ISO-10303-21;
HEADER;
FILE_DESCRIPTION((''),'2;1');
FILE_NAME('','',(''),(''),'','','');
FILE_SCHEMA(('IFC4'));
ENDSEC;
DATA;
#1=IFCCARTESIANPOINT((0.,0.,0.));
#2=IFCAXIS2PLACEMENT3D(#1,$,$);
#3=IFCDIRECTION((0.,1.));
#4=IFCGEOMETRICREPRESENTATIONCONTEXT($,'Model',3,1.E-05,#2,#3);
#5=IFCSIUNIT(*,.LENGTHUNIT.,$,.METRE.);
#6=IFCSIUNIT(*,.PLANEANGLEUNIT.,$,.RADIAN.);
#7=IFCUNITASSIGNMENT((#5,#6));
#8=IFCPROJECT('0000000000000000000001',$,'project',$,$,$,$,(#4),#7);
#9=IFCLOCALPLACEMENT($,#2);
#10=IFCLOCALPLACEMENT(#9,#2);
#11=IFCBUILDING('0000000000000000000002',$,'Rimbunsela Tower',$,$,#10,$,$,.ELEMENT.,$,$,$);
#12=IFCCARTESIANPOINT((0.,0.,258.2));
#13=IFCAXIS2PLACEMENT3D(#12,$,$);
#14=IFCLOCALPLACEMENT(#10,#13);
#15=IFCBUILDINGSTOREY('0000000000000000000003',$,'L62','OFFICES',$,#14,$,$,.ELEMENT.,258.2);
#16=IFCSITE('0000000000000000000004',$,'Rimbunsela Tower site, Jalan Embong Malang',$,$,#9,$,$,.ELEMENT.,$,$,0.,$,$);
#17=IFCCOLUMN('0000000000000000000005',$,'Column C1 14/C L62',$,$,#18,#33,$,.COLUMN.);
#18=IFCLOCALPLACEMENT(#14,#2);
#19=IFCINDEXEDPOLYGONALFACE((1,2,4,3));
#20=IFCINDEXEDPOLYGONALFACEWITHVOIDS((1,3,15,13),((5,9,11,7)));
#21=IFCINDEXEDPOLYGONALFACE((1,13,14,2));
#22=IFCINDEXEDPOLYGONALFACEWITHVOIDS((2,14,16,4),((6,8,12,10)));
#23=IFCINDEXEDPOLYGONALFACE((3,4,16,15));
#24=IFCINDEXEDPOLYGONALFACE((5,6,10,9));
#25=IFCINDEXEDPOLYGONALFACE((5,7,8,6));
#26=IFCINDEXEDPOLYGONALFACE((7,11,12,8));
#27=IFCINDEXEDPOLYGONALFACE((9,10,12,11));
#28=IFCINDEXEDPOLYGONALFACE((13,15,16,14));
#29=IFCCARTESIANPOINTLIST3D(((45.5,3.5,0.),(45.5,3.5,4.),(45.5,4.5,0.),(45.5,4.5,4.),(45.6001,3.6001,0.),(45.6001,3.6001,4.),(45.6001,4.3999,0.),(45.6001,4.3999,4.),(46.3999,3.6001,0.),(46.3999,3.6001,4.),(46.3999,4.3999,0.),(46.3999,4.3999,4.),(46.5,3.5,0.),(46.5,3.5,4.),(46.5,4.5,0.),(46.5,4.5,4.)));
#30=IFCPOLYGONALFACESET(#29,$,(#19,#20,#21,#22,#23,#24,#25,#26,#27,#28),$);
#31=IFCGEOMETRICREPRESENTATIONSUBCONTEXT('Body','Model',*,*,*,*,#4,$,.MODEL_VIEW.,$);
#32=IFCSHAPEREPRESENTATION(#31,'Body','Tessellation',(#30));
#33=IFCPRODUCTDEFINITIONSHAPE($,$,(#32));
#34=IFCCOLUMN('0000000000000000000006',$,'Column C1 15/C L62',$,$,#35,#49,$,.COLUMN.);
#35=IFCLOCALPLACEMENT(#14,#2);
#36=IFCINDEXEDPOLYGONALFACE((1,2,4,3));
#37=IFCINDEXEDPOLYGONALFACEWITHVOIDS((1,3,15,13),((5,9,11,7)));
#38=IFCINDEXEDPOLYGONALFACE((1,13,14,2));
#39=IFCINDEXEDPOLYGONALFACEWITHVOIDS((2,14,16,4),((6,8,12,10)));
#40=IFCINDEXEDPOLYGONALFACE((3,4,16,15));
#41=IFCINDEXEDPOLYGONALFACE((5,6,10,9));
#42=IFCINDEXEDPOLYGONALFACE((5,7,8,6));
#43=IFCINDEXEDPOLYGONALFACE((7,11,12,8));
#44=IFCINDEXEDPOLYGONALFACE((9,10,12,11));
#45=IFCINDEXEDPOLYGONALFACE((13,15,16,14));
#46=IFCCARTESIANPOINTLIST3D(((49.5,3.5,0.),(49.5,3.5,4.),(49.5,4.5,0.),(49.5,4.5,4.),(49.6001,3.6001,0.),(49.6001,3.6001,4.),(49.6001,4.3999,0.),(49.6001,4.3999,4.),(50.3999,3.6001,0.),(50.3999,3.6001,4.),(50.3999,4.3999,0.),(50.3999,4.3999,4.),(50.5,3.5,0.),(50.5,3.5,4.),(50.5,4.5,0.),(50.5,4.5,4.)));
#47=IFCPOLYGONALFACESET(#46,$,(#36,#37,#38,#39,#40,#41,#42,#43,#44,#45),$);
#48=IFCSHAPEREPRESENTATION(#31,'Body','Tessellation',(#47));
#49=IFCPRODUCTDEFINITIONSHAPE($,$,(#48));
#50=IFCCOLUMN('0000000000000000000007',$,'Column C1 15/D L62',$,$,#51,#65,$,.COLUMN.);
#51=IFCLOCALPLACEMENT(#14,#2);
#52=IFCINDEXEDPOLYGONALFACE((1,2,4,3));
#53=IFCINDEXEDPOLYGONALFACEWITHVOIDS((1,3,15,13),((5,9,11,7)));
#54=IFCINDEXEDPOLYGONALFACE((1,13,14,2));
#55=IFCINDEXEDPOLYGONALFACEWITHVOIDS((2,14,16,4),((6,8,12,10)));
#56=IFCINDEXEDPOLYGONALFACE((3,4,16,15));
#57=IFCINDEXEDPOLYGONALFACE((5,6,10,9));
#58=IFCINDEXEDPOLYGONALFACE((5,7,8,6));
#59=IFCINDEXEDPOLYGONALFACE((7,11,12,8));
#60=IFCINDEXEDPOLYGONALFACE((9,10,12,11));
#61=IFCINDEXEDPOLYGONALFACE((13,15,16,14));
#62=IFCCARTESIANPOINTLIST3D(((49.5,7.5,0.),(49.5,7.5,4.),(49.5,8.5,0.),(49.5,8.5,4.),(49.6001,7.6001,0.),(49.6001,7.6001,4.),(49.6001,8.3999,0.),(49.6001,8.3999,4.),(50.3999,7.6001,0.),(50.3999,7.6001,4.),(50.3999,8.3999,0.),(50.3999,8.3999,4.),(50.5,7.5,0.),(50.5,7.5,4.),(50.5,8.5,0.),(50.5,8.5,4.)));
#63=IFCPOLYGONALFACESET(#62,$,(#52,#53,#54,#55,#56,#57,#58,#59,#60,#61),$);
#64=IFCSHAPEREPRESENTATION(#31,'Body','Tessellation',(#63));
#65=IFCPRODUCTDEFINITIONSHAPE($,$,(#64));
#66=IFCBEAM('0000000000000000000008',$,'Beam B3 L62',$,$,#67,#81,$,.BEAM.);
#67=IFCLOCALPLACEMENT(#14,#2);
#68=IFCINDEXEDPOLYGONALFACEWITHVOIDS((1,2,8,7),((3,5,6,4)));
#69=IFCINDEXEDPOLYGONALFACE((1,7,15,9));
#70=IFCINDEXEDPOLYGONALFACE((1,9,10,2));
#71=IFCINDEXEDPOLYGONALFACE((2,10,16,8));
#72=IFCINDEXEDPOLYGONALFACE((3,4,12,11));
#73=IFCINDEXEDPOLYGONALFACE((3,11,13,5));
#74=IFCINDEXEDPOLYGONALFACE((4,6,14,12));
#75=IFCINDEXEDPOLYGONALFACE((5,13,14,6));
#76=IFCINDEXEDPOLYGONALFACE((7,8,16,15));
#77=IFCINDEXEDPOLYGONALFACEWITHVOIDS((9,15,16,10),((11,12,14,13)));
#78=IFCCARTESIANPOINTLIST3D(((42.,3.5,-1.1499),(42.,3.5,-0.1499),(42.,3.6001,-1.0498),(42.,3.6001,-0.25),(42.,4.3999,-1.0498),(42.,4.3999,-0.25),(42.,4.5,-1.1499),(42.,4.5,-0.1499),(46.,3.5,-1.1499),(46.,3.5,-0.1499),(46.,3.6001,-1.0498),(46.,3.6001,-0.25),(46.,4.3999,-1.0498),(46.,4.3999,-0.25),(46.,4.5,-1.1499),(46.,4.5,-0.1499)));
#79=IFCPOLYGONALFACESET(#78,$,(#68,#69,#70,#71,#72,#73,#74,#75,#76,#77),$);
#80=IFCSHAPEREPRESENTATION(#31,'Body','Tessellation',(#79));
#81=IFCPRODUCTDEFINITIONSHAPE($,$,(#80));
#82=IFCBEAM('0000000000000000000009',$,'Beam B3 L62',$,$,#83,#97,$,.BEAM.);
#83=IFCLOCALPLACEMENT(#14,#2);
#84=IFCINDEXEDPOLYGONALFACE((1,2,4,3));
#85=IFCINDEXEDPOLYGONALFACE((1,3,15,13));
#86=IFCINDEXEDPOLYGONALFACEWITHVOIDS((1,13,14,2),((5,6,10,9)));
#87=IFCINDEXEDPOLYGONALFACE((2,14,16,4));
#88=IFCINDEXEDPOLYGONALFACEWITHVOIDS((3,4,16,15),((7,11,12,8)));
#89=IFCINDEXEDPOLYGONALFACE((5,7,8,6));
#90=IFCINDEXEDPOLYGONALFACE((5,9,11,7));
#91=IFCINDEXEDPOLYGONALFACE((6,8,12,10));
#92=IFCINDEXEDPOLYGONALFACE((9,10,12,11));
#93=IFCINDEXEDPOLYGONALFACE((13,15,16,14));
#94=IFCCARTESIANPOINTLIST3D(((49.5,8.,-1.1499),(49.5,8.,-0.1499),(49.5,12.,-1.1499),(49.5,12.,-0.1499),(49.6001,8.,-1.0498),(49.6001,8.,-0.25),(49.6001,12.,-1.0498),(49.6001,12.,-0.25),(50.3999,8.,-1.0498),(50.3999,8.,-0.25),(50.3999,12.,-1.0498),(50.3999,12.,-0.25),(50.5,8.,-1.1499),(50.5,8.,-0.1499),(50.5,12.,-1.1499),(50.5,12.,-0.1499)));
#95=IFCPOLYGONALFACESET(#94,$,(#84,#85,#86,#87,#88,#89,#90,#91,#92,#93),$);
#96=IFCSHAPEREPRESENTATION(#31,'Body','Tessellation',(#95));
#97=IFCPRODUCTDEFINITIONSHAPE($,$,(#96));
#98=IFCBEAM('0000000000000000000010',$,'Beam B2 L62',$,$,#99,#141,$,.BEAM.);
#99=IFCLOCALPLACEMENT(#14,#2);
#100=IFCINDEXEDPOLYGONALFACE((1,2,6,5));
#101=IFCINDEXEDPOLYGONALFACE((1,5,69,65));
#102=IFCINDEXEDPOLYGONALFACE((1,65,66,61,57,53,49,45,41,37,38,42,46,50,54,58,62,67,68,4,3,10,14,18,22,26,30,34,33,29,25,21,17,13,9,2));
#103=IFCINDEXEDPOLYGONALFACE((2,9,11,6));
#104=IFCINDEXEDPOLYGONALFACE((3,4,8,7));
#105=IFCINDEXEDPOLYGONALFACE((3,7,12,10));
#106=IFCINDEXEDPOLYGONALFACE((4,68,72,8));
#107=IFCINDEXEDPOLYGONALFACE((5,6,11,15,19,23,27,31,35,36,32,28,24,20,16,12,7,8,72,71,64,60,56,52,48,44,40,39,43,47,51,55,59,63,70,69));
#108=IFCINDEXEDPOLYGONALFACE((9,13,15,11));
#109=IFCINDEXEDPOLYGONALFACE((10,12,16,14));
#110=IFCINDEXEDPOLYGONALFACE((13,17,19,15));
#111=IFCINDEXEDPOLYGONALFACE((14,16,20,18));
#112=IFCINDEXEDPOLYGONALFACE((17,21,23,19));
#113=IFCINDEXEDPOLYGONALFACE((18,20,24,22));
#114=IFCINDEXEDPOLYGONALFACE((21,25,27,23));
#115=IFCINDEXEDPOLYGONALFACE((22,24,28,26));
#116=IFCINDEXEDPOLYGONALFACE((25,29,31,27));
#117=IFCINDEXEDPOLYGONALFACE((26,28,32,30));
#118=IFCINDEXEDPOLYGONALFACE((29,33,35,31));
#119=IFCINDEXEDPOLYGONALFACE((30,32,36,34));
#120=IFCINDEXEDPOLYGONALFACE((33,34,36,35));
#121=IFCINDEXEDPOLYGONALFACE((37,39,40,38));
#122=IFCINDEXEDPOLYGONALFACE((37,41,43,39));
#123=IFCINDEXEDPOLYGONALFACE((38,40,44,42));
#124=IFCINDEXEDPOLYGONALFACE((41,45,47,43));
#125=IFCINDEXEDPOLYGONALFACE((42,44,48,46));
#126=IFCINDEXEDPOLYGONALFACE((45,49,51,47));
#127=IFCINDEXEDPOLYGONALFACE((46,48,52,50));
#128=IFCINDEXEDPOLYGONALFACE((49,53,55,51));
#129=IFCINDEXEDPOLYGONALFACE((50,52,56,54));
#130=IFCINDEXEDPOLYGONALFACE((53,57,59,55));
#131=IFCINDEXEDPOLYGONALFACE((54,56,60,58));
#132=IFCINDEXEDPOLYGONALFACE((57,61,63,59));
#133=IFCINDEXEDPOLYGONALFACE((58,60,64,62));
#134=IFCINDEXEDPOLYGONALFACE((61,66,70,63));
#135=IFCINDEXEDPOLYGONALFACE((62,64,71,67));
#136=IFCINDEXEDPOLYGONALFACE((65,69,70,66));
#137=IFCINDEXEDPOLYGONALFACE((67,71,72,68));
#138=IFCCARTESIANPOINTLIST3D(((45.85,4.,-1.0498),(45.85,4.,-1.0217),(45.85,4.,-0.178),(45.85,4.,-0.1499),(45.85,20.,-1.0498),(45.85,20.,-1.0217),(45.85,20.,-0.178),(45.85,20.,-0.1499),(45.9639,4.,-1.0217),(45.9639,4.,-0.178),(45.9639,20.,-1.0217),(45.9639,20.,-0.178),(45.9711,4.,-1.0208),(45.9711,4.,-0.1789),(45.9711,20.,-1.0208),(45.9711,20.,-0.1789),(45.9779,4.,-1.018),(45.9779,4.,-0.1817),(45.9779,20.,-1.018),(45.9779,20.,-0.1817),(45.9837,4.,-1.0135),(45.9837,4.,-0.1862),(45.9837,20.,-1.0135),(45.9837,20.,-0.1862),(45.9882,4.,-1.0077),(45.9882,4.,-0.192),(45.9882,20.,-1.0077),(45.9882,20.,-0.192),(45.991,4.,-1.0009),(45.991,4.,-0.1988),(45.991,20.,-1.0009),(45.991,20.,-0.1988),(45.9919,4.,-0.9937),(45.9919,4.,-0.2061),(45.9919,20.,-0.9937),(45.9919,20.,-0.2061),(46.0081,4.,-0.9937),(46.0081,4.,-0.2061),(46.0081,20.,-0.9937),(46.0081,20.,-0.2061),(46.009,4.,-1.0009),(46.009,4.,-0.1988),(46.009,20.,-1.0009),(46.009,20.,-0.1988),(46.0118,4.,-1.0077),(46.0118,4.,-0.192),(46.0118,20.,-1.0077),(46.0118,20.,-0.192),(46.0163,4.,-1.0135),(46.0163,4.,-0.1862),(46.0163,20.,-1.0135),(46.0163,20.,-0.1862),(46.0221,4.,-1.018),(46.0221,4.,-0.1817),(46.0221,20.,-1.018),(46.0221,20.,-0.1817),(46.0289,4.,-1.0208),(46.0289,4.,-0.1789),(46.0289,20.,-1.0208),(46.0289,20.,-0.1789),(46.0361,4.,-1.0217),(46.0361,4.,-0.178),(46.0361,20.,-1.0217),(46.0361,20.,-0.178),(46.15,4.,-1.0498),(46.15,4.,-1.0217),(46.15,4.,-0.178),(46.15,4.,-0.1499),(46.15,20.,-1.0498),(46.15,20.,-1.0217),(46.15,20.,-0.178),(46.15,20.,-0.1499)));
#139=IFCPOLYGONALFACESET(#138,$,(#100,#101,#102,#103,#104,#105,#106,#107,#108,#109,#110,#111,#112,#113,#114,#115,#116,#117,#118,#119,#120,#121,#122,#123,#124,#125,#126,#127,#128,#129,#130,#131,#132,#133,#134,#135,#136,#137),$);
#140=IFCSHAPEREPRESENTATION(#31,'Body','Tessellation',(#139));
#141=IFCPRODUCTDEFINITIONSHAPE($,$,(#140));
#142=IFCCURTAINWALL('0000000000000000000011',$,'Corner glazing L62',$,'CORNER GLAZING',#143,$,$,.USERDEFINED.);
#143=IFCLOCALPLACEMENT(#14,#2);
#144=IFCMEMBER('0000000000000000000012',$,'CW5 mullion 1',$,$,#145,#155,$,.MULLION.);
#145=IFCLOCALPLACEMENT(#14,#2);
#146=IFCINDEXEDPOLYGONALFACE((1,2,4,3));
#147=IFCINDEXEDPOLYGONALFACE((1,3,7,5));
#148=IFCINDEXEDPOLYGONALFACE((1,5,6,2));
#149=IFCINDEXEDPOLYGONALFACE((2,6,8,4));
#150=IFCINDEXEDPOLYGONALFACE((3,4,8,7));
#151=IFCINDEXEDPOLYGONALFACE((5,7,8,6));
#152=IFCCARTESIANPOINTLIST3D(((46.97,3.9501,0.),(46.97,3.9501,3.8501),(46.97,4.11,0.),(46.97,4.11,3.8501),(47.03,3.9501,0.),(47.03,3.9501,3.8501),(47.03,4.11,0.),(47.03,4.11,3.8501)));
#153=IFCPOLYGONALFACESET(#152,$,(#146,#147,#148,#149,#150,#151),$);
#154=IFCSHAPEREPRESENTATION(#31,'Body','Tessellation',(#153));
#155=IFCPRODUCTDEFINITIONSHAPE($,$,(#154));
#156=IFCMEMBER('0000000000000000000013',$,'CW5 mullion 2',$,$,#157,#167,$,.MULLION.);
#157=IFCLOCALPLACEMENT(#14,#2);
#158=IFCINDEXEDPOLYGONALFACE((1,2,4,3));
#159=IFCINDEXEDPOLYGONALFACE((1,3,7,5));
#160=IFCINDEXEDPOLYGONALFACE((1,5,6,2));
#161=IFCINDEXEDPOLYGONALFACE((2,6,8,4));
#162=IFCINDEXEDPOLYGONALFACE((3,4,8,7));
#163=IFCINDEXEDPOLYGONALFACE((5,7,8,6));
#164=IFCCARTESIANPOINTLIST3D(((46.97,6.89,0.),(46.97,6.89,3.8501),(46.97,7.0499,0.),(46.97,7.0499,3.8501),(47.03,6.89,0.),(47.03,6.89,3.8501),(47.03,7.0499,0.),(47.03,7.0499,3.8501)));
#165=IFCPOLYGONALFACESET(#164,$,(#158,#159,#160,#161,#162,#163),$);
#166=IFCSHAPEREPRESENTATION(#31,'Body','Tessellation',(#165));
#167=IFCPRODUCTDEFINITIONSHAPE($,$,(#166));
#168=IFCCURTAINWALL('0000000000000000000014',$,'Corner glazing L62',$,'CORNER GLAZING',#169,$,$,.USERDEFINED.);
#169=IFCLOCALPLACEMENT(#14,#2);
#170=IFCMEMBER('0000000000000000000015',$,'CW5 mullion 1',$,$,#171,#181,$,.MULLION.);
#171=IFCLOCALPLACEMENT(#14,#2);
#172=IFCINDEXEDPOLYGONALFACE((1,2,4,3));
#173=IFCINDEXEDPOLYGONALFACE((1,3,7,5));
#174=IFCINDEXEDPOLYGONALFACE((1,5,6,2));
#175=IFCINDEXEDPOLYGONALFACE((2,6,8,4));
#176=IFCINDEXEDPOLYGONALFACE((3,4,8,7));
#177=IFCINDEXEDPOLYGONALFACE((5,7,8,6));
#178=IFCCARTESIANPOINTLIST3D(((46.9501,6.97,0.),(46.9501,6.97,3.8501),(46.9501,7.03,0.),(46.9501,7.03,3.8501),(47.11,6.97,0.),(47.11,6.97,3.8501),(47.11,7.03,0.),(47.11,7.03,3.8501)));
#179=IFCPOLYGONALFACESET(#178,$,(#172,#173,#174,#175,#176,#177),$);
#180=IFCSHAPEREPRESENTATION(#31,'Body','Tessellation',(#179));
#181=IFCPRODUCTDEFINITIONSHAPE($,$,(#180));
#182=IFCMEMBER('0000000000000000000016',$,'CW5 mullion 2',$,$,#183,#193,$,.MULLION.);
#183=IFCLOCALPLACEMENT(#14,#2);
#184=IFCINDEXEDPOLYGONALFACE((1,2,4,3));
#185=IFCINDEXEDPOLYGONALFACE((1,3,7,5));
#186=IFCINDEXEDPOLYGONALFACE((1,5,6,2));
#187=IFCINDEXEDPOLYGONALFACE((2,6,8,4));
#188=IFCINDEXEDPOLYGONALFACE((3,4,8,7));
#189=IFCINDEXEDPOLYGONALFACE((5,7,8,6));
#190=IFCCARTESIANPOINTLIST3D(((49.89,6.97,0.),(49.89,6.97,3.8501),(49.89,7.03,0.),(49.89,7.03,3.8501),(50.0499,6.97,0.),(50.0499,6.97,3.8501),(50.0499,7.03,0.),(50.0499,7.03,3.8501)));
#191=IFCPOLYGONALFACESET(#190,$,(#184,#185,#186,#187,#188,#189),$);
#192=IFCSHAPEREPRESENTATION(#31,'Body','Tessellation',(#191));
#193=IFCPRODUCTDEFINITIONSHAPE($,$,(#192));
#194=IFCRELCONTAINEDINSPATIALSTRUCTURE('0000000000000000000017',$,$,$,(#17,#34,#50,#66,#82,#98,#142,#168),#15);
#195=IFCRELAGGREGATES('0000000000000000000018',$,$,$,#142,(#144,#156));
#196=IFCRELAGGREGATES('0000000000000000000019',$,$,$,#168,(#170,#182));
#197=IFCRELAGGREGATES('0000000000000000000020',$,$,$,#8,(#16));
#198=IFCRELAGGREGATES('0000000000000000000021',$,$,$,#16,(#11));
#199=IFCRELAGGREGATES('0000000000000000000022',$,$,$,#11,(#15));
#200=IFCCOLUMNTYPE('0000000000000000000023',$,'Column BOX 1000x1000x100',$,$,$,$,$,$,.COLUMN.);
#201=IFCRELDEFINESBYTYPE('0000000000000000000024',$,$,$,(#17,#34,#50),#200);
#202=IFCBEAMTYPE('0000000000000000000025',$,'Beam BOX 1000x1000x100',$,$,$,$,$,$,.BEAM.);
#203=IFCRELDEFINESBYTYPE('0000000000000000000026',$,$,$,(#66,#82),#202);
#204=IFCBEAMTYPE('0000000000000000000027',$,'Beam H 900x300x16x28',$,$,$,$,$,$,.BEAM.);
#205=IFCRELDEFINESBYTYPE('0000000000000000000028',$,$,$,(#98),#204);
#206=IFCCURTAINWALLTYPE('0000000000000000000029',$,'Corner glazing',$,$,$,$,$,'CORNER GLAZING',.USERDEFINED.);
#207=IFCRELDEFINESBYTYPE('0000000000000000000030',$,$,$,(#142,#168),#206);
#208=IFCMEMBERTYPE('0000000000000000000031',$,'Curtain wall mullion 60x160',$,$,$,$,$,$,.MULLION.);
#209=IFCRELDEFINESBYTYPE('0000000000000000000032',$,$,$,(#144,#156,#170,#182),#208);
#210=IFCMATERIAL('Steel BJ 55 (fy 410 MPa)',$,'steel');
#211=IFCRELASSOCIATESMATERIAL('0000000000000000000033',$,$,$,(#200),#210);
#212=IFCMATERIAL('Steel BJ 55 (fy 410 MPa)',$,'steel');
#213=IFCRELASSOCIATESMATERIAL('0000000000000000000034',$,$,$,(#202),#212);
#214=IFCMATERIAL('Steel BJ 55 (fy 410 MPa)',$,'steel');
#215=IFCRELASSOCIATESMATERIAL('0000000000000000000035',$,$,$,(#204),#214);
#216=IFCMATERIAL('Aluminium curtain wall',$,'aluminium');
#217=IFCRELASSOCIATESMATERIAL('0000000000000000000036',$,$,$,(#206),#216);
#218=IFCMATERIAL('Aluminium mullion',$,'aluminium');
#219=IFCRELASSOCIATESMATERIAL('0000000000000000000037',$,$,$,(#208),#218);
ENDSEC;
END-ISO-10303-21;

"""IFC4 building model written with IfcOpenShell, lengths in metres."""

from ifc_helpers import new_model, si_unit, direction, frame, origin, origin_2d, place, context, subcontext, project, spatial, rectangle, hollow_rectangle, i_section, extrude, material, material_profile, profile_set, type_object, element, aggregate, save


model = new_model("IFC4")

# Units and contexts
model_context = context("Model", 3, precision=1e-05, world=origin(), true_north=direction((0.0, 1.0)))
body_context = subcontext(model_context, "Body", "Model", "MODEL_VIEW")
ifc_project = project(units=[si_unit("LENGTHUNIT", "METRE"), si_unit("PLANEANGLEUNIT", "RADIAN")], contexts=[model_context])

# Site, building, storey
site_placement = place(None, origin())
site = spatial("IfcSite", under=ifc_project, at=site_placement, Name="Rimbunsela Tower site, Jalan Embong Malang", CompositionType="ELEMENT", RefElevation=0.0)
building_placement = place(site_placement, origin())
building = spatial("IfcBuilding", under=site, at=building_placement, Name="Rimbunsela Tower", CompositionType="ELEMENT")
storey_placement = place(building_placement, frame((0.0, 0.0, 258.2)))
storey = spatial("IfcBuildingStorey", under=building, at=storey_placement, Name="L62", Description="OFFICES", CompositionType="ELEMENT", Elevation=258.2)

# Columns
ifc_material_1 = material(Name="Steel BJ 55 (fy 410 MPa)", Category="steel")
ifc_material_profile_1 = material_profile(ifc_material_1, hollow_rectangle(XDim=1.0, YDim=1.0, WallThickness=0.1001, at=origin_2d()), Name="BOX 1000x1000x100")
ifc_profile_set_1 = profile_set([ifc_material_profile_1], Name="Steel BJ 55 (fy 410 MPa)")
column_type = type_object("IfcColumnType", Name="Column BOX 1000x1000x100", PredefinedType="COLUMN", material=ifc_profile_set_1)
for number, where, z_axis, x_axis, name in (
    (1, (46.0, 4.0, 0.0), (0.0, 0.0, 1.0), (1.0, 0.0, 0.0), "Column C1 14/C L62"),
    (2, (50.0, 4.0, 0.0), (0.0, 0.0, 1.0), (1.0, 0.0, 0.0), "Column C1 15/C L62"),
    (3, (50.0, 8.0, 0.0), (0.0, 0.0, 1.0), (1.0, 0.0, 0.0), "Column C1 15/D L62"),
):
    element("IfcColumn", number, at=place(storey_placement, frame(where, z_axis=z_axis, x_axis=x_axis)), inside=storey, type_object=column_type, Name=name, PredefinedType="COLUMN", context=body_context, shape_type="SweptSolid", body=[
        extrude(hollow_rectangle(XDim=1.0, YDim=1.0, WallThickness=0.1001, at=origin_2d()), origin(), (0.0, 0.0, 1.0), 4.0),
    ])

# Beams
ifc_material_2 = material(Name="Steel BJ 55 (fy 410 MPa)", Category="steel")
ifc_material_profile_2 = material_profile(ifc_material_2, hollow_rectangle(XDim=1.0, YDim=1.0, WallThickness=0.1001, at=origin_2d()), Name="BOX 1000x1000x100")
ifc_profile_set_2 = profile_set([ifc_material_profile_2], Name="Steel BJ 55 (fy 410 MPa)")
beam_type_1 = type_object("IfcBeamType", Name="Beam BOX 1000x1000x100", PredefinedType="BEAM", material=ifc_profile_set_2)
for number, where, z_axis, x_axis, name in (
    (4, (42.0, 4.0, -0.6499), (1.0, 0.0, 0.0), (0.0, 1.0, 0.0), "Beam B3 L62"),
    (5, (50.0, 8.0, -0.6499), (0.0, 1.0, 0.0), (-1.0, 0.0, 0.0), "Beam B3 L62"),
):
    element("IfcBeam", number, at=place(storey_placement, frame(where, z_axis=z_axis, x_axis=x_axis)), inside=storey, type_object=beam_type_1, Name=name, PredefinedType="BEAM", context=body_context, shape_type="SweptSolid", body=[
        extrude(hollow_rectangle(XDim=1.0, YDim=1.0, WallThickness=0.1001, at=origin_2d()), origin(), (0.0, 0.0, 1.0), 4.0),
    ])
ifc_material_3 = material(Name="Steel BJ 55 (fy 410 MPa)", Category="steel")
ifc_material_profile_3 = material_profile(ifc_material_3, i_section(OverallWidth=0.3, OverallDepth=0.8999, WebThickness=0.0161, FlangeThickness=0.0281, FilletRadius=0.0281, at=origin_2d()), Name="H 900x300x16x28")
ifc_profile_set_3 = profile_set([ifc_material_profile_3], Name="Steel BJ 55 (fy 410 MPa)")
beam_type_2 = type_object("IfcBeamType", Name="Beam H 900x300x16x28", PredefinedType="BEAM", material=ifc_profile_set_3)
beam_placement = place(storey_placement, frame((46.0, 4.0, -0.5999), z_axis=(0.0, 1.0, 0.0), x_axis=(-1.0, 0.0, 0.0)))
element("IfcBeam", 6, at=beam_placement, inside=storey, type_object=beam_type_2, Name="Beam B2 L62", PredefinedType="BEAM", context=body_context, shape_type="SweptSolid", body=[
    extrude(i_section(OverallWidth=0.3, OverallDepth=0.8999, WebThickness=0.0161, FlangeThickness=0.0281, FilletRadius=0.0281, at=origin_2d()), origin(), (0.0, 0.0, 1.0), 16.0),
])

# Curtain walls, members
ifc_material_4 = material(Name="Aluminium curtain wall", Category="aluminium")
curtain_wall_type = type_object("IfcCurtainWallType", Name="Corner glazing", ElementType="CORNER GLAZING", PredefinedType="USERDEFINED", material=ifc_material_4)
curtain_wall_1_placement = place(storey_placement, origin())
curtain_wall_1 = element("IfcCurtainWall", 7, at=curtain_wall_1_placement, inside=storey, type_object=curtain_wall_type, Name="Corner glazing L62", ObjectType="CORNER GLAZING", PredefinedType="USERDEFINED")
ifc_material_5 = material(Name="Aluminium mullion", Category="aluminium")
ifc_material_profile_4 = material_profile(ifc_material_5, rectangle(XDim=0.0601, YDim=0.1599, at=origin_2d()), Name="Mullion 60x160")
ifc_profile_set_4 = profile_set([ifc_material_profile_4], Name="Aluminium mullion")
member_type_1 = type_object("IfcMemberType", Name="Curtain wall mullion 60x160", PredefinedType="MULLION", material=ifc_profile_set_4)
member_1_placement = place(storey_placement, frame((47.0, 4.03, 0.0), z_axis=(0.0, 0.0, 1.0), x_axis=(-1.0, 0.0, 0.0)))
member_1 = element("IfcMember", 8, at=member_1_placement, type_object=member_type_1, Name="CW5 mullion 1", PredefinedType="MULLION", context=body_context, shape_type="SweptSolid", body=[
    extrude(rectangle(XDim=0.0601, YDim=0.1599, at=origin_2d()), origin(), (0.0, 0.0, 1.0), 3.8501),
])
member_2_placement = place(storey_placement, frame((47.0, 6.97, 0.0), z_axis=(0.0, 0.0, 1.0), x_axis=(-1.0, 0.0, 0.0)))
member_2 = element("IfcMember", 9, at=member_2_placement, type_object=member_type_1, Name="CW5 mullion 2", PredefinedType="MULLION", context=body_context, shape_type="SweptSolid", body=[
    extrude(rectangle(XDim=0.0601, YDim=0.1599, at=origin_2d()), origin(), (0.0, 0.0, 1.0), 3.8501),
])
curtain_wall_2_placement = place(storey_placement, origin())
curtain_wall_2 = element("IfcCurtainWall", 10, at=curtain_wall_2_placement, inside=storey, type_object=curtain_wall_type, Name="Corner glazing L62", ObjectType="CORNER GLAZING", PredefinedType="USERDEFINED")
member_3_placement = place(storey_placement, frame((47.03, 7.0, 0.0), z_axis=(0.0, 0.0, 1.0), x_axis=(0.0, 1.0, 0.0)))
member_3 = element("IfcMember", 11, at=member_3_placement, type_object=member_type_1, Name="CW5 mullion 1", PredefinedType="MULLION", context=body_context, shape_type="SweptSolid", body=[
    extrude(rectangle(XDim=0.0601, YDim=0.1599, at=origin_2d()), origin(), (0.0, 0.0, 1.0), 3.8501),
])
member_4_placement = place(storey_placement, frame((49.97, 7.0, 0.0), z_axis=(0.0, 0.0, 1.0), x_axis=(0.0, 1.0, 0.0)))
member_4 = element("IfcMember", 12, at=member_4_placement, type_object=member_type_1, Name="CW5 mullion 2", PredefinedType="MULLION", context=body_context, shape_type="SweptSolid", body=[
    extrude(rectangle(XDim=0.0601, YDim=0.1599, at=origin_2d()), origin(), (0.0, 0.0, 1.0), 3.8501),
])

aggregate(curtain_wall_1, [member_1, member_2])
aggregate(curtain_wall_2, [member_3, member_4])

save(model, "model.ifc")
